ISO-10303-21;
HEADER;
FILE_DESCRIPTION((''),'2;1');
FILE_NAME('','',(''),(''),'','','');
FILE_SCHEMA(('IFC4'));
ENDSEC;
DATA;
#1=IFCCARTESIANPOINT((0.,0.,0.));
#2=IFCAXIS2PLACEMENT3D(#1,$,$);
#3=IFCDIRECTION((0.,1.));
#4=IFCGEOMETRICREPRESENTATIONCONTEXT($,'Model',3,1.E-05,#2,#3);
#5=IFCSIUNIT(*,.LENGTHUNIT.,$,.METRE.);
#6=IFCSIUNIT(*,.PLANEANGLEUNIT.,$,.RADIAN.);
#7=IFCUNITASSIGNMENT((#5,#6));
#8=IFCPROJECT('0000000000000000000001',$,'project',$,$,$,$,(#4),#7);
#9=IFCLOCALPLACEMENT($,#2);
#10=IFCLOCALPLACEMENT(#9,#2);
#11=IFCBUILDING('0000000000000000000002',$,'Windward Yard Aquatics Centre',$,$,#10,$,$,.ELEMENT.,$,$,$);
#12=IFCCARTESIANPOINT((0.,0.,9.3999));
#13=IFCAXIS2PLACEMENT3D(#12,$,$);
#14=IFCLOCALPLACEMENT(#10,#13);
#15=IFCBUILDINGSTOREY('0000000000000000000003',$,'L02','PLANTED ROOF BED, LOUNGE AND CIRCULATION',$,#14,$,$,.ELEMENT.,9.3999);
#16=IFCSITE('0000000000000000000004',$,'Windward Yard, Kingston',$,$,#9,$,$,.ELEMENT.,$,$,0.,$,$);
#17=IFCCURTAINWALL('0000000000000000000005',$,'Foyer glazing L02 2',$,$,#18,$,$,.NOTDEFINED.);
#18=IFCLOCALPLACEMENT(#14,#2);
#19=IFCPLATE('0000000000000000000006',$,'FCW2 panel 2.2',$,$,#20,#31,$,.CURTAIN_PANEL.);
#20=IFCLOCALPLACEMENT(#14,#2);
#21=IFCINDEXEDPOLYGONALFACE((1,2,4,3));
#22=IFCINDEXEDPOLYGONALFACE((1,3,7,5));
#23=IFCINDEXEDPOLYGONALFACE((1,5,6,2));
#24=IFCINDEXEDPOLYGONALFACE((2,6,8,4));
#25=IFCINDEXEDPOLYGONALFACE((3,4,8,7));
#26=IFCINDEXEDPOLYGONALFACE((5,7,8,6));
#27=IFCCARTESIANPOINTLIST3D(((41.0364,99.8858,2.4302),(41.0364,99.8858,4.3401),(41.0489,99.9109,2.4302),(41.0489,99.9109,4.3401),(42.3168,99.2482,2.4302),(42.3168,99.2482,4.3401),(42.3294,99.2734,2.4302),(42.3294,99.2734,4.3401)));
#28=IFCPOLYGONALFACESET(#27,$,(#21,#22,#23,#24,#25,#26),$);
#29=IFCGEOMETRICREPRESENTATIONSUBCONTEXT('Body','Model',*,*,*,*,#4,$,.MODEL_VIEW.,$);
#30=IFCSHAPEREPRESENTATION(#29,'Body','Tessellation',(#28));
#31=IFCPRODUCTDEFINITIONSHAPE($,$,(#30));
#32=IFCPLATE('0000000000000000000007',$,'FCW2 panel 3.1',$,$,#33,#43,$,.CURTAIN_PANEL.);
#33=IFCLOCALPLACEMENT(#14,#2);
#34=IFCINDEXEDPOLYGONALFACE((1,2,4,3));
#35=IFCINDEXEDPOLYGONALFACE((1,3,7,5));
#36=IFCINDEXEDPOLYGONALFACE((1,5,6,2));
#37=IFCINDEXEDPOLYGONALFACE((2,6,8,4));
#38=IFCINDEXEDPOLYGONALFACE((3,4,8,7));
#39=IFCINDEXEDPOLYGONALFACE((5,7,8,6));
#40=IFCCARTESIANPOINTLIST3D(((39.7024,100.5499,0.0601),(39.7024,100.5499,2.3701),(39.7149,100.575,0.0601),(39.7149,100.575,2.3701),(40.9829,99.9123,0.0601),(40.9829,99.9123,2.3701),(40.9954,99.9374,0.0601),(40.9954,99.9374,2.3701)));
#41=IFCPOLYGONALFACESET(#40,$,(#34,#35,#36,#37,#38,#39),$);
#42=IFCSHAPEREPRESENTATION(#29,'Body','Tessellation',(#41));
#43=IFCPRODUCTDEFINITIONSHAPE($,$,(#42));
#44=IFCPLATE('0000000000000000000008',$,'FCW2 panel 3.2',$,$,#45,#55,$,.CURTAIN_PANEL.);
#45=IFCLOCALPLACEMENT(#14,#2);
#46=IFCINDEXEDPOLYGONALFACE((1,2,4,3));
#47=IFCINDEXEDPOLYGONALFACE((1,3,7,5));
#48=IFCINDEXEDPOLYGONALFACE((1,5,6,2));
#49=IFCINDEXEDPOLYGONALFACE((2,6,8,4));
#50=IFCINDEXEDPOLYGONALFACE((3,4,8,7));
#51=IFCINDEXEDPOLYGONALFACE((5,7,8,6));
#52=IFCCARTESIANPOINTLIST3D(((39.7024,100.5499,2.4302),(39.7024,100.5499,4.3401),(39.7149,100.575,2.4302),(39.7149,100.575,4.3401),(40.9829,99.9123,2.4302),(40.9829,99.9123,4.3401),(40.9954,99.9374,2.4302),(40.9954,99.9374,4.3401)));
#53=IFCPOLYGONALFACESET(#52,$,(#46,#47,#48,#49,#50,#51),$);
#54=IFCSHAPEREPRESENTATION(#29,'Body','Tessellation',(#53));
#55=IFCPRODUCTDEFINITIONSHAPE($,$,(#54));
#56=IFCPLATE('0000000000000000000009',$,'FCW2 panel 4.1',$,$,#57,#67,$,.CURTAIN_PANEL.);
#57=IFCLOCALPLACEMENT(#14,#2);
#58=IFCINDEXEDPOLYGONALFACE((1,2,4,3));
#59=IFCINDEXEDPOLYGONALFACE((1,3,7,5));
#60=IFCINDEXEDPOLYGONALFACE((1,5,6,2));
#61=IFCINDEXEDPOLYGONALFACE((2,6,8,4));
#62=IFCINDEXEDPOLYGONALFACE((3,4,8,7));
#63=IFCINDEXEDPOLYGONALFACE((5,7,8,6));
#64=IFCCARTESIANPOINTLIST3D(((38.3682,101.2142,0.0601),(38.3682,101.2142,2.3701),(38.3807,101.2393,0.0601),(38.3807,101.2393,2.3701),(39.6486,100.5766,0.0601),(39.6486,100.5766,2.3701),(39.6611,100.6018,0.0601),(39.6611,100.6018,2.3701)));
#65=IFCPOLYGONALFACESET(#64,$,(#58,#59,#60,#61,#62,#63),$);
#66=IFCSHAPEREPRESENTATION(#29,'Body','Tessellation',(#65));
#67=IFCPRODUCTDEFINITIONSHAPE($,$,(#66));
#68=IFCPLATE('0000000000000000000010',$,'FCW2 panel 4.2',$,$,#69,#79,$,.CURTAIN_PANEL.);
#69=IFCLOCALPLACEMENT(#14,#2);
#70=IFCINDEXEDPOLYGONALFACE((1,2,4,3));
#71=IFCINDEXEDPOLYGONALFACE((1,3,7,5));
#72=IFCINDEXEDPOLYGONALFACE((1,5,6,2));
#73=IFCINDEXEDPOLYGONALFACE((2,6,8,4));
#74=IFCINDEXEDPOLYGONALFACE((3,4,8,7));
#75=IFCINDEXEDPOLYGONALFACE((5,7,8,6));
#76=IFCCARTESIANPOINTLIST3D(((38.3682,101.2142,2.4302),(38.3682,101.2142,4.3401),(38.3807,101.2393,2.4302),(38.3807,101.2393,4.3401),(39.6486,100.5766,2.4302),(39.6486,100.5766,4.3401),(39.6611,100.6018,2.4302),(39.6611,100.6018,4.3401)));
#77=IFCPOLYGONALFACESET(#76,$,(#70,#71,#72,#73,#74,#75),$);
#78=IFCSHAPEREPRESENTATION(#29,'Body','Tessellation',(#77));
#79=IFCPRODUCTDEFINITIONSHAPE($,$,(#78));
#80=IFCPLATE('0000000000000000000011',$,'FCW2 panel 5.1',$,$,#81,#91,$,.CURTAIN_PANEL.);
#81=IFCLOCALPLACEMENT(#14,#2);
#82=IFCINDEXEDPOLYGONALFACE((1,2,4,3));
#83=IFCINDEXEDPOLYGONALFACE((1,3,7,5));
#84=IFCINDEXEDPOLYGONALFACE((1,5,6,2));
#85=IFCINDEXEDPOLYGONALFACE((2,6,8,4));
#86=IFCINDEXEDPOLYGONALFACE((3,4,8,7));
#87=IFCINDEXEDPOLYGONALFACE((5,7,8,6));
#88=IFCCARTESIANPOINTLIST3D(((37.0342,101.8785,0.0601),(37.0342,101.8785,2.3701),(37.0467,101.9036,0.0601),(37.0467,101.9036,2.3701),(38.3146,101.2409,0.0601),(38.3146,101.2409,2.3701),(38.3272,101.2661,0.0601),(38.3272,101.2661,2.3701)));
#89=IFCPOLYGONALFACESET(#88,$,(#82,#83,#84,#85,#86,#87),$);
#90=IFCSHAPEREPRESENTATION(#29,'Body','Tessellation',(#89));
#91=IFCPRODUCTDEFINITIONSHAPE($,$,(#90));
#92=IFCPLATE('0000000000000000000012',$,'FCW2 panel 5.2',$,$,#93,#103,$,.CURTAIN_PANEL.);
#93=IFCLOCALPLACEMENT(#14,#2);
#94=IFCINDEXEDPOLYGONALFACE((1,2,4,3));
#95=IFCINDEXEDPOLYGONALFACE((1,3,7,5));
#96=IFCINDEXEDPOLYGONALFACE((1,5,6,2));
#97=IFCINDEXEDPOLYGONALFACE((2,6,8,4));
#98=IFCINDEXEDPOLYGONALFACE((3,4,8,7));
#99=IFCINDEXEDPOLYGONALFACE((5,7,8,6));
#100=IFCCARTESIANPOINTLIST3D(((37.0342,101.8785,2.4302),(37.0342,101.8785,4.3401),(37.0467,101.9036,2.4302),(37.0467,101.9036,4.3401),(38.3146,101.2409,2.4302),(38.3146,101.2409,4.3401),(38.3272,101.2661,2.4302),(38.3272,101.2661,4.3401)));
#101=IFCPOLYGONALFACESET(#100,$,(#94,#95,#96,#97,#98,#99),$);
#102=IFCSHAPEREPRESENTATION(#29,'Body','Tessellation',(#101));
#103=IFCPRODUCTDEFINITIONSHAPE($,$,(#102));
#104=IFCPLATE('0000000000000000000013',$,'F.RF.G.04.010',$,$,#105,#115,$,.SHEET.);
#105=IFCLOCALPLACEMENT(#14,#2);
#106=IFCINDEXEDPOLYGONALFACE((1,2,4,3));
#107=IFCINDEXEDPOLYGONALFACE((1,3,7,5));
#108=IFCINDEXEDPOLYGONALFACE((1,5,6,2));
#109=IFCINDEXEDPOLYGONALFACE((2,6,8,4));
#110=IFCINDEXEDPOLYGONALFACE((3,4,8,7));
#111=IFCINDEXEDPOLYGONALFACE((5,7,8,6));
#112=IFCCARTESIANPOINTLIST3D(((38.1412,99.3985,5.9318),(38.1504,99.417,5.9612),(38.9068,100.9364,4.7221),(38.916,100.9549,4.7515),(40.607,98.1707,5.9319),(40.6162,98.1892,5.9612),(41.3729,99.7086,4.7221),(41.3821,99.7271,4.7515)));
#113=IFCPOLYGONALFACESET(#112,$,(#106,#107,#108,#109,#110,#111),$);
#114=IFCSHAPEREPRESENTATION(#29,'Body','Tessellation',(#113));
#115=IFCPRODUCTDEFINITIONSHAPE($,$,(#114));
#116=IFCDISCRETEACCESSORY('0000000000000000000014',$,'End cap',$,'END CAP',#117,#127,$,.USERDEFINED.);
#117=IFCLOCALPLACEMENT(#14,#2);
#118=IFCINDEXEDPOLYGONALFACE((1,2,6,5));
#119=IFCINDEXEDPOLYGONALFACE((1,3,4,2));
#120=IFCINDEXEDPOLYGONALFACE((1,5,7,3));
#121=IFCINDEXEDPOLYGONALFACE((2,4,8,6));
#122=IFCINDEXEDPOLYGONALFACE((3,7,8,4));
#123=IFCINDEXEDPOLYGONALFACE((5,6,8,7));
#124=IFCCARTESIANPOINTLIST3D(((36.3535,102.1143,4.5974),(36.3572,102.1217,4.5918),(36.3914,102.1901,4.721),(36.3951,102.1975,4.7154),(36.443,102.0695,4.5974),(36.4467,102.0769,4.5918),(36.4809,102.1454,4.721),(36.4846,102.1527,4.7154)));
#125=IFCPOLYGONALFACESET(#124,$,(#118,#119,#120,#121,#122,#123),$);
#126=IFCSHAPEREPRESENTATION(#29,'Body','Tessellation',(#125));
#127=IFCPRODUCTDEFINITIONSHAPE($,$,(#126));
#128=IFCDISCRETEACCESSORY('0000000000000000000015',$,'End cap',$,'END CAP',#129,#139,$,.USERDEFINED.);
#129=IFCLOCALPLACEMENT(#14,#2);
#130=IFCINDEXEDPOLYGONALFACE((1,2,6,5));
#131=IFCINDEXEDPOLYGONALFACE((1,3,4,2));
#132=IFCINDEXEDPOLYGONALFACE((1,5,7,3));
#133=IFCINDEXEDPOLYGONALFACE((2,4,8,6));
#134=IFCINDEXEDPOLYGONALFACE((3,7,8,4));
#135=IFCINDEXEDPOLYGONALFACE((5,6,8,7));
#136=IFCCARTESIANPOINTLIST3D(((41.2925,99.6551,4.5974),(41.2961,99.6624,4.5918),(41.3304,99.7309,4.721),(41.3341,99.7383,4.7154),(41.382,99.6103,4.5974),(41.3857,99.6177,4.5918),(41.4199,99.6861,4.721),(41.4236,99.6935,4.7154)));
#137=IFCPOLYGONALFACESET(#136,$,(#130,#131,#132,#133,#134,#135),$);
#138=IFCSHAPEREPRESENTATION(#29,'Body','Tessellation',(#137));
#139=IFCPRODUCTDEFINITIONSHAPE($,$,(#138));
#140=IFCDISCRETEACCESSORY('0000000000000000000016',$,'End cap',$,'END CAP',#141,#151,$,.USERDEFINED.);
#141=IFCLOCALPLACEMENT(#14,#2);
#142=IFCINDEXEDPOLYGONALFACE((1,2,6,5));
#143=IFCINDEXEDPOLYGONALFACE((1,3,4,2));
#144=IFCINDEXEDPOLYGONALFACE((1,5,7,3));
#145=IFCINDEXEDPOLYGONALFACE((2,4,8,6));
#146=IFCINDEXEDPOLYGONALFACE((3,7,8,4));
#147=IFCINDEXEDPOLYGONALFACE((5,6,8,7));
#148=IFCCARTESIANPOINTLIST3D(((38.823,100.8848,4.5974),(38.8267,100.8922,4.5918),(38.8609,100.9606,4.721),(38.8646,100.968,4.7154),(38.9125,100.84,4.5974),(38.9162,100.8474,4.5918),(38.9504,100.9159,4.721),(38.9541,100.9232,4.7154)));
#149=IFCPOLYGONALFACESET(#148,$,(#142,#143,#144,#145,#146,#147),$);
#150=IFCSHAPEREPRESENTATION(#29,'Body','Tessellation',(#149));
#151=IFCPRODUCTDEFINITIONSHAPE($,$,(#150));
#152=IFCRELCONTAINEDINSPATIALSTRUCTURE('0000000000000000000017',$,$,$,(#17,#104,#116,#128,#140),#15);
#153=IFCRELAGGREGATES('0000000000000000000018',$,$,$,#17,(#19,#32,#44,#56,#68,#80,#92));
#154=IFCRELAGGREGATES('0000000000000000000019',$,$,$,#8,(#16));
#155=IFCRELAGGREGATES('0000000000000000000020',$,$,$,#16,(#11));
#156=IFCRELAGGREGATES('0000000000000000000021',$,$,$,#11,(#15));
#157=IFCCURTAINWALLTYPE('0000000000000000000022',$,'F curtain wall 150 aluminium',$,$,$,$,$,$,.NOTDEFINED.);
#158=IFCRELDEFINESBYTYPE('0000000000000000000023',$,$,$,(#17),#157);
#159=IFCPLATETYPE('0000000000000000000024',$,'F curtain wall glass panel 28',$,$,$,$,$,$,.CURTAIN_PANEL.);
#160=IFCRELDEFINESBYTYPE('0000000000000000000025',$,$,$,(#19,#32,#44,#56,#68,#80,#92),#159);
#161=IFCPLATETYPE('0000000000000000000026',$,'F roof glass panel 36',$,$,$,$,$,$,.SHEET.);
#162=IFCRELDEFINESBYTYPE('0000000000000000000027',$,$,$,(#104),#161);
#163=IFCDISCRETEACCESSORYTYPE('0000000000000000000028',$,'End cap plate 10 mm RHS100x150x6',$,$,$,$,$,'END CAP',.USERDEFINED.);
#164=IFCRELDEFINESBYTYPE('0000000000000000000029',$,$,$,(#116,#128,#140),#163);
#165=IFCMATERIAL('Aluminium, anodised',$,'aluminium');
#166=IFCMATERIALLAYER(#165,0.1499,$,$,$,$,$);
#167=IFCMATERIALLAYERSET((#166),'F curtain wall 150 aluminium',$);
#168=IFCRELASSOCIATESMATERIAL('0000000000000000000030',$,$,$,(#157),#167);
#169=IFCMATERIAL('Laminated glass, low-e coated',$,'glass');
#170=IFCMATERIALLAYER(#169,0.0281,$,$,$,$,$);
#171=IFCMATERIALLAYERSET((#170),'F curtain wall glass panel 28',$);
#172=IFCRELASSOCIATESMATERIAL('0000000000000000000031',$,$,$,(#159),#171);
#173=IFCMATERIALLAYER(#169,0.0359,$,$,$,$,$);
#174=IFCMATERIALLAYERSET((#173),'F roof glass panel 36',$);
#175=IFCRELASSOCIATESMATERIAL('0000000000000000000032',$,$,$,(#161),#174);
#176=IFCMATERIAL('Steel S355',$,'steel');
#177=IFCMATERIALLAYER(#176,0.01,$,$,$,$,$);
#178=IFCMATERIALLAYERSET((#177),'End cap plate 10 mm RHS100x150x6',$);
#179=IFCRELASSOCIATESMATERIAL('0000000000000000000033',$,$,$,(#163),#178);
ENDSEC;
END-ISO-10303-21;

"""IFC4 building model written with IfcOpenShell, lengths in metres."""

from ifc_helpers import new_model, si_unit, direction, frame, origin, origin_2d, place, context, subcontext, project, spatial, polyline, rectangle, outline, extrude, material, layer, layer_set, type_object, element, aggregate, save


model = new_model("IFC4")

# Units and contexts
model_context = context("Model", 3, precision=1e-05, world=origin(), true_north=direction((0.0, 1.0)))
body_context = subcontext(model_context, "Body", "Model", "MODEL_VIEW")
ifc_project = project(units=[si_unit("LENGTHUNIT", "METRE"), si_unit("PLANEANGLEUNIT", "RADIAN")], contexts=[model_context])

# Site, building, storey
site_placement = place(None, origin())
site = spatial("IfcSite", under=ifc_project, at=site_placement, Name="Windward Yard, Kingston", CompositionType="ELEMENT", RefElevation=0.0)
building_placement = place(site_placement, origin())
building = spatial("IfcBuilding", under=site, at=building_placement, Name="Windward Yard Aquatics Centre", CompositionType="ELEMENT")
storey_placement = place(building_placement, frame((0.0, 0.0, 9.3999)))
storey = spatial("IfcBuildingStorey", under=building, at=storey_placement, Name="L02", Description="PLANTED ROOF BED, LOUNGE AND CIRCULATION", CompositionType="ELEMENT", Elevation=9.3999)

# Shared definitions
ifc_material_1 = material(Name="Steel S355", Category="steel")

# Curtain wall, plates
ifc_material_2 = material(Name="Aluminium, anodised", Category="aluminium")
ifc_layer_1 = layer(ifc_material_2, 0.1499)
ifc_layer_set_1 = layer_set([ifc_layer_1], Name="F curtain wall 150 aluminium")
curtain_wall_type = type_object("IfcCurtainWallType", Name="F curtain wall 150 aluminium", PredefinedType="NOTDEFINED", material=ifc_layer_set_1)
curtain_wall_placement = place(storey_placement, origin())
curtain_wall = element("IfcCurtainWall", 1, at=curtain_wall_placement, inside=storey, type_object=curtain_wall_type, Name="Foyer glazing L02 2", PredefinedType="NOTDEFINED")
ifc_material_3 = material(Name="Laminated glass, low-e coated", Category="glass")
ifc_layer_2 = layer(ifc_material_3, 0.0281)
ifc_layer_set_2 = layer_set([ifc_layer_2], Name="F curtain wall glass panel 28")
plate_type_1 = type_object("IfcPlateType", Name="F curtain wall glass panel 28", PredefinedType="CURTAIN_PANEL", material=ifc_layer_set_2)
plate_1_placement = place(storey_placement, frame((41.6829, 99.5796, 2.4302), z_axis=(0.0, 0.0, 1.0), x_axis=(-0.895179, 0.445707, 0.0)))
plate_1 = element("IfcPlate", 2, at=plate_1_placement, type_object=plate_type_1, Name="FCW2 panel 2.2", PredefinedType="CURTAIN_PANEL", context=body_context, shape_type="SweptSolid", body=[
    extrude(rectangle(XDim=1.4304, YDim=0.0281, at=origin_2d()), origin(), (0.0, 0.0, 1.0), 1.9099),
])
plate_2_placement = place(storey_placement, frame((40.3489, 100.2437, 0.0601), z_axis=(0.0, 0.0, 1.0), x_axis=(-0.895179, 0.445707, 0.0)))
plate_2 = element("IfcPlate", 3, at=plate_2_placement, type_object=plate_type_1, Name="FCW2 panel 3.1", PredefinedType="CURTAIN_PANEL", context=body_context, shape_type="SweptSolid", body=[
    extrude(rectangle(XDim=1.4304, YDim=0.0281, at=origin_2d()), origin(), (0.0, 0.0, 1.0), 2.3101),
])
plate_3_placement = place(storey_placement, frame((40.3489, 100.2437, 2.4302), z_axis=(0.0, 0.0, 1.0), x_axis=(-0.895179, 0.445707, 0.0)))
plate_3 = element("IfcPlate", 4, at=plate_3_placement, type_object=plate_type_1, Name="FCW2 panel 3.2", PredefinedType="CURTAIN_PANEL", context=body_context, shape_type="SweptSolid", body=[
    extrude(rectangle(XDim=1.4304, YDim=0.0281, at=origin_2d()), origin(), (0.0, 0.0, 1.0), 1.9099),
])
plate_4_placement = place(storey_placement, frame((39.0146, 100.908, 0.0601), z_axis=(0.0, 0.0, 1.0), x_axis=(-0.895179, 0.445707, 0.0)))
plate_4 = element("IfcPlate", 5, at=plate_4_placement, type_object=plate_type_1, Name="FCW2 panel 4.1", PredefinedType="CURTAIN_PANEL", context=body_context, shape_type="SweptSolid", body=[
    extrude(rectangle(XDim=1.4304, YDim=0.0281, at=origin_2d()), origin(), (0.0, 0.0, 1.0), 2.3101),
])
plate_5_placement = place(storey_placement, frame((39.0146, 100.908, 2.4302), z_axis=(0.0, 0.0, 1.0), x_axis=(-0.895179, 0.445707, 0.0)))
plate_5 = element("IfcPlate", 6, at=plate_5_placement, type_object=plate_type_1, Name="FCW2 panel 4.2", PredefinedType="CURTAIN_PANEL", context=body_context, shape_type="SweptSolid", body=[
    extrude(rectangle(XDim=1.4304, YDim=0.0281, at=origin_2d()), origin(), (0.0, 0.0, 1.0), 1.9099),
])
plate_6_placement = place(storey_placement, frame((37.6807, 101.5723, 0.0601), z_axis=(0.0, 0.0, 1.0), x_axis=(-0.895179, 0.445707, 0.0)))
plate_6 = element("IfcPlate", 7, at=plate_6_placement, type_object=plate_type_1, Name="FCW2 panel 5.1", PredefinedType="CURTAIN_PANEL", context=body_context, shape_type="SweptSolid", body=[
    extrude(rectangle(XDim=1.4304, YDim=0.0281, at=origin_2d()), origin(), (0.0, 0.0, 1.0), 2.3101),
])
plate_7_placement = place(storey_placement, frame((37.6807, 101.5723, 2.4302), z_axis=(0.0, 0.0, 1.0), x_axis=(-0.895179, 0.445707, 0.0)))
plate_7 = element("IfcPlate", 8, at=plate_7_placement, type_object=plate_type_1, Name="FCW2 panel 5.2", PredefinedType="CURTAIN_PANEL", context=body_context, shape_type="SweptSolid", body=[
    extrude(rectangle(XDim=1.4304, YDim=0.0281, at=origin_2d()), origin(), (0.0, 0.0, 1.0), 1.9099),
])
aggregate(curtain_wall, [plate_1, plate_2, plate_3, plate_4, plate_5, plate_6, plate_7])

# Plate
ifc_layer_3 = layer(ifc_material_3, 0.0359)
ifc_layer_set_3 = layer_set([ifc_layer_3], Name="F roof glass panel 36")
plate_type_2 = type_object("IfcPlateType", Name="F roof glass panel 36", PredefinedType="SHEET", material=ifc_layer_set_3)
plate_8_placement = place(storey_placement, frame((38.1504, 99.417, 5.9612), z_axis=(0.256614, 0.515396, 0.817628), x_axis=(0.364399, 0.731936, -0.575746)))
element("IfcPlate", 9, at=plate_8_placement, inside=storey, type_object=plate_type_2, Name="F.RF.G.04.010", PredefinedType="SHEET", context=body_context, shape_type="SweptSolid", body=[
    extrude(outline(polyline([(0.0, 0.0), (2.1011, 0.0), (2.1011, -2.7548), (-0.0001, -2.7546), (0.0, 0.0)])), origin(), (0.0, 0.0, -1.0), 0.0359),
])

# Discrete accessories
ifc_layer_4 = layer(ifc_material_1, 0.01)
ifc_layer_set_4 = layer_set([ifc_layer_4], Name="End cap plate 10 mm RHS100x150x6")
discrete_accessory_type = type_object("IfcDiscreteAccessoryType", Name="End cap plate 10 mm RHS100x150x6", ElementType="END CAP", PredefinedType="USERDEFINED", material=ifc_layer_set_4)
for number, where, z_axis, x_axis, name in (
    (10, (36.4209, 102.1372, 4.6536), (-0.368828, -0.737655, 0.565536), (0.894427, -0.447214, 0.0), "End cap"),
    (11, (41.3599, 99.678, 4.6536), (-0.368828, -0.737655, 0.565536), (0.894427, -0.447214, 0.0), "End cap"),
    (12, (38.8904, 100.9077, 4.6536), (-0.368828, -0.737655, 0.565536), (0.894427, -0.447214, 0.0), "End cap"),
):
    element("IfcDiscreteAccessory", number, at=place(storey_placement, frame(where, z_axis=z_axis, x_axis=x_axis)), inside=storey, type_object=discrete_accessory_type, Name=name, ObjectType="END CAP", PredefinedType="USERDEFINED", context=body_context, shape_type="SweptSolid", body=[
        extrude(rectangle(XDim=0.1001, YDim=0.1499, at=origin_2d()), origin(), (0.0, 0.0, 1.0), 0.01),
    ])

save(model, "model.ifc")
